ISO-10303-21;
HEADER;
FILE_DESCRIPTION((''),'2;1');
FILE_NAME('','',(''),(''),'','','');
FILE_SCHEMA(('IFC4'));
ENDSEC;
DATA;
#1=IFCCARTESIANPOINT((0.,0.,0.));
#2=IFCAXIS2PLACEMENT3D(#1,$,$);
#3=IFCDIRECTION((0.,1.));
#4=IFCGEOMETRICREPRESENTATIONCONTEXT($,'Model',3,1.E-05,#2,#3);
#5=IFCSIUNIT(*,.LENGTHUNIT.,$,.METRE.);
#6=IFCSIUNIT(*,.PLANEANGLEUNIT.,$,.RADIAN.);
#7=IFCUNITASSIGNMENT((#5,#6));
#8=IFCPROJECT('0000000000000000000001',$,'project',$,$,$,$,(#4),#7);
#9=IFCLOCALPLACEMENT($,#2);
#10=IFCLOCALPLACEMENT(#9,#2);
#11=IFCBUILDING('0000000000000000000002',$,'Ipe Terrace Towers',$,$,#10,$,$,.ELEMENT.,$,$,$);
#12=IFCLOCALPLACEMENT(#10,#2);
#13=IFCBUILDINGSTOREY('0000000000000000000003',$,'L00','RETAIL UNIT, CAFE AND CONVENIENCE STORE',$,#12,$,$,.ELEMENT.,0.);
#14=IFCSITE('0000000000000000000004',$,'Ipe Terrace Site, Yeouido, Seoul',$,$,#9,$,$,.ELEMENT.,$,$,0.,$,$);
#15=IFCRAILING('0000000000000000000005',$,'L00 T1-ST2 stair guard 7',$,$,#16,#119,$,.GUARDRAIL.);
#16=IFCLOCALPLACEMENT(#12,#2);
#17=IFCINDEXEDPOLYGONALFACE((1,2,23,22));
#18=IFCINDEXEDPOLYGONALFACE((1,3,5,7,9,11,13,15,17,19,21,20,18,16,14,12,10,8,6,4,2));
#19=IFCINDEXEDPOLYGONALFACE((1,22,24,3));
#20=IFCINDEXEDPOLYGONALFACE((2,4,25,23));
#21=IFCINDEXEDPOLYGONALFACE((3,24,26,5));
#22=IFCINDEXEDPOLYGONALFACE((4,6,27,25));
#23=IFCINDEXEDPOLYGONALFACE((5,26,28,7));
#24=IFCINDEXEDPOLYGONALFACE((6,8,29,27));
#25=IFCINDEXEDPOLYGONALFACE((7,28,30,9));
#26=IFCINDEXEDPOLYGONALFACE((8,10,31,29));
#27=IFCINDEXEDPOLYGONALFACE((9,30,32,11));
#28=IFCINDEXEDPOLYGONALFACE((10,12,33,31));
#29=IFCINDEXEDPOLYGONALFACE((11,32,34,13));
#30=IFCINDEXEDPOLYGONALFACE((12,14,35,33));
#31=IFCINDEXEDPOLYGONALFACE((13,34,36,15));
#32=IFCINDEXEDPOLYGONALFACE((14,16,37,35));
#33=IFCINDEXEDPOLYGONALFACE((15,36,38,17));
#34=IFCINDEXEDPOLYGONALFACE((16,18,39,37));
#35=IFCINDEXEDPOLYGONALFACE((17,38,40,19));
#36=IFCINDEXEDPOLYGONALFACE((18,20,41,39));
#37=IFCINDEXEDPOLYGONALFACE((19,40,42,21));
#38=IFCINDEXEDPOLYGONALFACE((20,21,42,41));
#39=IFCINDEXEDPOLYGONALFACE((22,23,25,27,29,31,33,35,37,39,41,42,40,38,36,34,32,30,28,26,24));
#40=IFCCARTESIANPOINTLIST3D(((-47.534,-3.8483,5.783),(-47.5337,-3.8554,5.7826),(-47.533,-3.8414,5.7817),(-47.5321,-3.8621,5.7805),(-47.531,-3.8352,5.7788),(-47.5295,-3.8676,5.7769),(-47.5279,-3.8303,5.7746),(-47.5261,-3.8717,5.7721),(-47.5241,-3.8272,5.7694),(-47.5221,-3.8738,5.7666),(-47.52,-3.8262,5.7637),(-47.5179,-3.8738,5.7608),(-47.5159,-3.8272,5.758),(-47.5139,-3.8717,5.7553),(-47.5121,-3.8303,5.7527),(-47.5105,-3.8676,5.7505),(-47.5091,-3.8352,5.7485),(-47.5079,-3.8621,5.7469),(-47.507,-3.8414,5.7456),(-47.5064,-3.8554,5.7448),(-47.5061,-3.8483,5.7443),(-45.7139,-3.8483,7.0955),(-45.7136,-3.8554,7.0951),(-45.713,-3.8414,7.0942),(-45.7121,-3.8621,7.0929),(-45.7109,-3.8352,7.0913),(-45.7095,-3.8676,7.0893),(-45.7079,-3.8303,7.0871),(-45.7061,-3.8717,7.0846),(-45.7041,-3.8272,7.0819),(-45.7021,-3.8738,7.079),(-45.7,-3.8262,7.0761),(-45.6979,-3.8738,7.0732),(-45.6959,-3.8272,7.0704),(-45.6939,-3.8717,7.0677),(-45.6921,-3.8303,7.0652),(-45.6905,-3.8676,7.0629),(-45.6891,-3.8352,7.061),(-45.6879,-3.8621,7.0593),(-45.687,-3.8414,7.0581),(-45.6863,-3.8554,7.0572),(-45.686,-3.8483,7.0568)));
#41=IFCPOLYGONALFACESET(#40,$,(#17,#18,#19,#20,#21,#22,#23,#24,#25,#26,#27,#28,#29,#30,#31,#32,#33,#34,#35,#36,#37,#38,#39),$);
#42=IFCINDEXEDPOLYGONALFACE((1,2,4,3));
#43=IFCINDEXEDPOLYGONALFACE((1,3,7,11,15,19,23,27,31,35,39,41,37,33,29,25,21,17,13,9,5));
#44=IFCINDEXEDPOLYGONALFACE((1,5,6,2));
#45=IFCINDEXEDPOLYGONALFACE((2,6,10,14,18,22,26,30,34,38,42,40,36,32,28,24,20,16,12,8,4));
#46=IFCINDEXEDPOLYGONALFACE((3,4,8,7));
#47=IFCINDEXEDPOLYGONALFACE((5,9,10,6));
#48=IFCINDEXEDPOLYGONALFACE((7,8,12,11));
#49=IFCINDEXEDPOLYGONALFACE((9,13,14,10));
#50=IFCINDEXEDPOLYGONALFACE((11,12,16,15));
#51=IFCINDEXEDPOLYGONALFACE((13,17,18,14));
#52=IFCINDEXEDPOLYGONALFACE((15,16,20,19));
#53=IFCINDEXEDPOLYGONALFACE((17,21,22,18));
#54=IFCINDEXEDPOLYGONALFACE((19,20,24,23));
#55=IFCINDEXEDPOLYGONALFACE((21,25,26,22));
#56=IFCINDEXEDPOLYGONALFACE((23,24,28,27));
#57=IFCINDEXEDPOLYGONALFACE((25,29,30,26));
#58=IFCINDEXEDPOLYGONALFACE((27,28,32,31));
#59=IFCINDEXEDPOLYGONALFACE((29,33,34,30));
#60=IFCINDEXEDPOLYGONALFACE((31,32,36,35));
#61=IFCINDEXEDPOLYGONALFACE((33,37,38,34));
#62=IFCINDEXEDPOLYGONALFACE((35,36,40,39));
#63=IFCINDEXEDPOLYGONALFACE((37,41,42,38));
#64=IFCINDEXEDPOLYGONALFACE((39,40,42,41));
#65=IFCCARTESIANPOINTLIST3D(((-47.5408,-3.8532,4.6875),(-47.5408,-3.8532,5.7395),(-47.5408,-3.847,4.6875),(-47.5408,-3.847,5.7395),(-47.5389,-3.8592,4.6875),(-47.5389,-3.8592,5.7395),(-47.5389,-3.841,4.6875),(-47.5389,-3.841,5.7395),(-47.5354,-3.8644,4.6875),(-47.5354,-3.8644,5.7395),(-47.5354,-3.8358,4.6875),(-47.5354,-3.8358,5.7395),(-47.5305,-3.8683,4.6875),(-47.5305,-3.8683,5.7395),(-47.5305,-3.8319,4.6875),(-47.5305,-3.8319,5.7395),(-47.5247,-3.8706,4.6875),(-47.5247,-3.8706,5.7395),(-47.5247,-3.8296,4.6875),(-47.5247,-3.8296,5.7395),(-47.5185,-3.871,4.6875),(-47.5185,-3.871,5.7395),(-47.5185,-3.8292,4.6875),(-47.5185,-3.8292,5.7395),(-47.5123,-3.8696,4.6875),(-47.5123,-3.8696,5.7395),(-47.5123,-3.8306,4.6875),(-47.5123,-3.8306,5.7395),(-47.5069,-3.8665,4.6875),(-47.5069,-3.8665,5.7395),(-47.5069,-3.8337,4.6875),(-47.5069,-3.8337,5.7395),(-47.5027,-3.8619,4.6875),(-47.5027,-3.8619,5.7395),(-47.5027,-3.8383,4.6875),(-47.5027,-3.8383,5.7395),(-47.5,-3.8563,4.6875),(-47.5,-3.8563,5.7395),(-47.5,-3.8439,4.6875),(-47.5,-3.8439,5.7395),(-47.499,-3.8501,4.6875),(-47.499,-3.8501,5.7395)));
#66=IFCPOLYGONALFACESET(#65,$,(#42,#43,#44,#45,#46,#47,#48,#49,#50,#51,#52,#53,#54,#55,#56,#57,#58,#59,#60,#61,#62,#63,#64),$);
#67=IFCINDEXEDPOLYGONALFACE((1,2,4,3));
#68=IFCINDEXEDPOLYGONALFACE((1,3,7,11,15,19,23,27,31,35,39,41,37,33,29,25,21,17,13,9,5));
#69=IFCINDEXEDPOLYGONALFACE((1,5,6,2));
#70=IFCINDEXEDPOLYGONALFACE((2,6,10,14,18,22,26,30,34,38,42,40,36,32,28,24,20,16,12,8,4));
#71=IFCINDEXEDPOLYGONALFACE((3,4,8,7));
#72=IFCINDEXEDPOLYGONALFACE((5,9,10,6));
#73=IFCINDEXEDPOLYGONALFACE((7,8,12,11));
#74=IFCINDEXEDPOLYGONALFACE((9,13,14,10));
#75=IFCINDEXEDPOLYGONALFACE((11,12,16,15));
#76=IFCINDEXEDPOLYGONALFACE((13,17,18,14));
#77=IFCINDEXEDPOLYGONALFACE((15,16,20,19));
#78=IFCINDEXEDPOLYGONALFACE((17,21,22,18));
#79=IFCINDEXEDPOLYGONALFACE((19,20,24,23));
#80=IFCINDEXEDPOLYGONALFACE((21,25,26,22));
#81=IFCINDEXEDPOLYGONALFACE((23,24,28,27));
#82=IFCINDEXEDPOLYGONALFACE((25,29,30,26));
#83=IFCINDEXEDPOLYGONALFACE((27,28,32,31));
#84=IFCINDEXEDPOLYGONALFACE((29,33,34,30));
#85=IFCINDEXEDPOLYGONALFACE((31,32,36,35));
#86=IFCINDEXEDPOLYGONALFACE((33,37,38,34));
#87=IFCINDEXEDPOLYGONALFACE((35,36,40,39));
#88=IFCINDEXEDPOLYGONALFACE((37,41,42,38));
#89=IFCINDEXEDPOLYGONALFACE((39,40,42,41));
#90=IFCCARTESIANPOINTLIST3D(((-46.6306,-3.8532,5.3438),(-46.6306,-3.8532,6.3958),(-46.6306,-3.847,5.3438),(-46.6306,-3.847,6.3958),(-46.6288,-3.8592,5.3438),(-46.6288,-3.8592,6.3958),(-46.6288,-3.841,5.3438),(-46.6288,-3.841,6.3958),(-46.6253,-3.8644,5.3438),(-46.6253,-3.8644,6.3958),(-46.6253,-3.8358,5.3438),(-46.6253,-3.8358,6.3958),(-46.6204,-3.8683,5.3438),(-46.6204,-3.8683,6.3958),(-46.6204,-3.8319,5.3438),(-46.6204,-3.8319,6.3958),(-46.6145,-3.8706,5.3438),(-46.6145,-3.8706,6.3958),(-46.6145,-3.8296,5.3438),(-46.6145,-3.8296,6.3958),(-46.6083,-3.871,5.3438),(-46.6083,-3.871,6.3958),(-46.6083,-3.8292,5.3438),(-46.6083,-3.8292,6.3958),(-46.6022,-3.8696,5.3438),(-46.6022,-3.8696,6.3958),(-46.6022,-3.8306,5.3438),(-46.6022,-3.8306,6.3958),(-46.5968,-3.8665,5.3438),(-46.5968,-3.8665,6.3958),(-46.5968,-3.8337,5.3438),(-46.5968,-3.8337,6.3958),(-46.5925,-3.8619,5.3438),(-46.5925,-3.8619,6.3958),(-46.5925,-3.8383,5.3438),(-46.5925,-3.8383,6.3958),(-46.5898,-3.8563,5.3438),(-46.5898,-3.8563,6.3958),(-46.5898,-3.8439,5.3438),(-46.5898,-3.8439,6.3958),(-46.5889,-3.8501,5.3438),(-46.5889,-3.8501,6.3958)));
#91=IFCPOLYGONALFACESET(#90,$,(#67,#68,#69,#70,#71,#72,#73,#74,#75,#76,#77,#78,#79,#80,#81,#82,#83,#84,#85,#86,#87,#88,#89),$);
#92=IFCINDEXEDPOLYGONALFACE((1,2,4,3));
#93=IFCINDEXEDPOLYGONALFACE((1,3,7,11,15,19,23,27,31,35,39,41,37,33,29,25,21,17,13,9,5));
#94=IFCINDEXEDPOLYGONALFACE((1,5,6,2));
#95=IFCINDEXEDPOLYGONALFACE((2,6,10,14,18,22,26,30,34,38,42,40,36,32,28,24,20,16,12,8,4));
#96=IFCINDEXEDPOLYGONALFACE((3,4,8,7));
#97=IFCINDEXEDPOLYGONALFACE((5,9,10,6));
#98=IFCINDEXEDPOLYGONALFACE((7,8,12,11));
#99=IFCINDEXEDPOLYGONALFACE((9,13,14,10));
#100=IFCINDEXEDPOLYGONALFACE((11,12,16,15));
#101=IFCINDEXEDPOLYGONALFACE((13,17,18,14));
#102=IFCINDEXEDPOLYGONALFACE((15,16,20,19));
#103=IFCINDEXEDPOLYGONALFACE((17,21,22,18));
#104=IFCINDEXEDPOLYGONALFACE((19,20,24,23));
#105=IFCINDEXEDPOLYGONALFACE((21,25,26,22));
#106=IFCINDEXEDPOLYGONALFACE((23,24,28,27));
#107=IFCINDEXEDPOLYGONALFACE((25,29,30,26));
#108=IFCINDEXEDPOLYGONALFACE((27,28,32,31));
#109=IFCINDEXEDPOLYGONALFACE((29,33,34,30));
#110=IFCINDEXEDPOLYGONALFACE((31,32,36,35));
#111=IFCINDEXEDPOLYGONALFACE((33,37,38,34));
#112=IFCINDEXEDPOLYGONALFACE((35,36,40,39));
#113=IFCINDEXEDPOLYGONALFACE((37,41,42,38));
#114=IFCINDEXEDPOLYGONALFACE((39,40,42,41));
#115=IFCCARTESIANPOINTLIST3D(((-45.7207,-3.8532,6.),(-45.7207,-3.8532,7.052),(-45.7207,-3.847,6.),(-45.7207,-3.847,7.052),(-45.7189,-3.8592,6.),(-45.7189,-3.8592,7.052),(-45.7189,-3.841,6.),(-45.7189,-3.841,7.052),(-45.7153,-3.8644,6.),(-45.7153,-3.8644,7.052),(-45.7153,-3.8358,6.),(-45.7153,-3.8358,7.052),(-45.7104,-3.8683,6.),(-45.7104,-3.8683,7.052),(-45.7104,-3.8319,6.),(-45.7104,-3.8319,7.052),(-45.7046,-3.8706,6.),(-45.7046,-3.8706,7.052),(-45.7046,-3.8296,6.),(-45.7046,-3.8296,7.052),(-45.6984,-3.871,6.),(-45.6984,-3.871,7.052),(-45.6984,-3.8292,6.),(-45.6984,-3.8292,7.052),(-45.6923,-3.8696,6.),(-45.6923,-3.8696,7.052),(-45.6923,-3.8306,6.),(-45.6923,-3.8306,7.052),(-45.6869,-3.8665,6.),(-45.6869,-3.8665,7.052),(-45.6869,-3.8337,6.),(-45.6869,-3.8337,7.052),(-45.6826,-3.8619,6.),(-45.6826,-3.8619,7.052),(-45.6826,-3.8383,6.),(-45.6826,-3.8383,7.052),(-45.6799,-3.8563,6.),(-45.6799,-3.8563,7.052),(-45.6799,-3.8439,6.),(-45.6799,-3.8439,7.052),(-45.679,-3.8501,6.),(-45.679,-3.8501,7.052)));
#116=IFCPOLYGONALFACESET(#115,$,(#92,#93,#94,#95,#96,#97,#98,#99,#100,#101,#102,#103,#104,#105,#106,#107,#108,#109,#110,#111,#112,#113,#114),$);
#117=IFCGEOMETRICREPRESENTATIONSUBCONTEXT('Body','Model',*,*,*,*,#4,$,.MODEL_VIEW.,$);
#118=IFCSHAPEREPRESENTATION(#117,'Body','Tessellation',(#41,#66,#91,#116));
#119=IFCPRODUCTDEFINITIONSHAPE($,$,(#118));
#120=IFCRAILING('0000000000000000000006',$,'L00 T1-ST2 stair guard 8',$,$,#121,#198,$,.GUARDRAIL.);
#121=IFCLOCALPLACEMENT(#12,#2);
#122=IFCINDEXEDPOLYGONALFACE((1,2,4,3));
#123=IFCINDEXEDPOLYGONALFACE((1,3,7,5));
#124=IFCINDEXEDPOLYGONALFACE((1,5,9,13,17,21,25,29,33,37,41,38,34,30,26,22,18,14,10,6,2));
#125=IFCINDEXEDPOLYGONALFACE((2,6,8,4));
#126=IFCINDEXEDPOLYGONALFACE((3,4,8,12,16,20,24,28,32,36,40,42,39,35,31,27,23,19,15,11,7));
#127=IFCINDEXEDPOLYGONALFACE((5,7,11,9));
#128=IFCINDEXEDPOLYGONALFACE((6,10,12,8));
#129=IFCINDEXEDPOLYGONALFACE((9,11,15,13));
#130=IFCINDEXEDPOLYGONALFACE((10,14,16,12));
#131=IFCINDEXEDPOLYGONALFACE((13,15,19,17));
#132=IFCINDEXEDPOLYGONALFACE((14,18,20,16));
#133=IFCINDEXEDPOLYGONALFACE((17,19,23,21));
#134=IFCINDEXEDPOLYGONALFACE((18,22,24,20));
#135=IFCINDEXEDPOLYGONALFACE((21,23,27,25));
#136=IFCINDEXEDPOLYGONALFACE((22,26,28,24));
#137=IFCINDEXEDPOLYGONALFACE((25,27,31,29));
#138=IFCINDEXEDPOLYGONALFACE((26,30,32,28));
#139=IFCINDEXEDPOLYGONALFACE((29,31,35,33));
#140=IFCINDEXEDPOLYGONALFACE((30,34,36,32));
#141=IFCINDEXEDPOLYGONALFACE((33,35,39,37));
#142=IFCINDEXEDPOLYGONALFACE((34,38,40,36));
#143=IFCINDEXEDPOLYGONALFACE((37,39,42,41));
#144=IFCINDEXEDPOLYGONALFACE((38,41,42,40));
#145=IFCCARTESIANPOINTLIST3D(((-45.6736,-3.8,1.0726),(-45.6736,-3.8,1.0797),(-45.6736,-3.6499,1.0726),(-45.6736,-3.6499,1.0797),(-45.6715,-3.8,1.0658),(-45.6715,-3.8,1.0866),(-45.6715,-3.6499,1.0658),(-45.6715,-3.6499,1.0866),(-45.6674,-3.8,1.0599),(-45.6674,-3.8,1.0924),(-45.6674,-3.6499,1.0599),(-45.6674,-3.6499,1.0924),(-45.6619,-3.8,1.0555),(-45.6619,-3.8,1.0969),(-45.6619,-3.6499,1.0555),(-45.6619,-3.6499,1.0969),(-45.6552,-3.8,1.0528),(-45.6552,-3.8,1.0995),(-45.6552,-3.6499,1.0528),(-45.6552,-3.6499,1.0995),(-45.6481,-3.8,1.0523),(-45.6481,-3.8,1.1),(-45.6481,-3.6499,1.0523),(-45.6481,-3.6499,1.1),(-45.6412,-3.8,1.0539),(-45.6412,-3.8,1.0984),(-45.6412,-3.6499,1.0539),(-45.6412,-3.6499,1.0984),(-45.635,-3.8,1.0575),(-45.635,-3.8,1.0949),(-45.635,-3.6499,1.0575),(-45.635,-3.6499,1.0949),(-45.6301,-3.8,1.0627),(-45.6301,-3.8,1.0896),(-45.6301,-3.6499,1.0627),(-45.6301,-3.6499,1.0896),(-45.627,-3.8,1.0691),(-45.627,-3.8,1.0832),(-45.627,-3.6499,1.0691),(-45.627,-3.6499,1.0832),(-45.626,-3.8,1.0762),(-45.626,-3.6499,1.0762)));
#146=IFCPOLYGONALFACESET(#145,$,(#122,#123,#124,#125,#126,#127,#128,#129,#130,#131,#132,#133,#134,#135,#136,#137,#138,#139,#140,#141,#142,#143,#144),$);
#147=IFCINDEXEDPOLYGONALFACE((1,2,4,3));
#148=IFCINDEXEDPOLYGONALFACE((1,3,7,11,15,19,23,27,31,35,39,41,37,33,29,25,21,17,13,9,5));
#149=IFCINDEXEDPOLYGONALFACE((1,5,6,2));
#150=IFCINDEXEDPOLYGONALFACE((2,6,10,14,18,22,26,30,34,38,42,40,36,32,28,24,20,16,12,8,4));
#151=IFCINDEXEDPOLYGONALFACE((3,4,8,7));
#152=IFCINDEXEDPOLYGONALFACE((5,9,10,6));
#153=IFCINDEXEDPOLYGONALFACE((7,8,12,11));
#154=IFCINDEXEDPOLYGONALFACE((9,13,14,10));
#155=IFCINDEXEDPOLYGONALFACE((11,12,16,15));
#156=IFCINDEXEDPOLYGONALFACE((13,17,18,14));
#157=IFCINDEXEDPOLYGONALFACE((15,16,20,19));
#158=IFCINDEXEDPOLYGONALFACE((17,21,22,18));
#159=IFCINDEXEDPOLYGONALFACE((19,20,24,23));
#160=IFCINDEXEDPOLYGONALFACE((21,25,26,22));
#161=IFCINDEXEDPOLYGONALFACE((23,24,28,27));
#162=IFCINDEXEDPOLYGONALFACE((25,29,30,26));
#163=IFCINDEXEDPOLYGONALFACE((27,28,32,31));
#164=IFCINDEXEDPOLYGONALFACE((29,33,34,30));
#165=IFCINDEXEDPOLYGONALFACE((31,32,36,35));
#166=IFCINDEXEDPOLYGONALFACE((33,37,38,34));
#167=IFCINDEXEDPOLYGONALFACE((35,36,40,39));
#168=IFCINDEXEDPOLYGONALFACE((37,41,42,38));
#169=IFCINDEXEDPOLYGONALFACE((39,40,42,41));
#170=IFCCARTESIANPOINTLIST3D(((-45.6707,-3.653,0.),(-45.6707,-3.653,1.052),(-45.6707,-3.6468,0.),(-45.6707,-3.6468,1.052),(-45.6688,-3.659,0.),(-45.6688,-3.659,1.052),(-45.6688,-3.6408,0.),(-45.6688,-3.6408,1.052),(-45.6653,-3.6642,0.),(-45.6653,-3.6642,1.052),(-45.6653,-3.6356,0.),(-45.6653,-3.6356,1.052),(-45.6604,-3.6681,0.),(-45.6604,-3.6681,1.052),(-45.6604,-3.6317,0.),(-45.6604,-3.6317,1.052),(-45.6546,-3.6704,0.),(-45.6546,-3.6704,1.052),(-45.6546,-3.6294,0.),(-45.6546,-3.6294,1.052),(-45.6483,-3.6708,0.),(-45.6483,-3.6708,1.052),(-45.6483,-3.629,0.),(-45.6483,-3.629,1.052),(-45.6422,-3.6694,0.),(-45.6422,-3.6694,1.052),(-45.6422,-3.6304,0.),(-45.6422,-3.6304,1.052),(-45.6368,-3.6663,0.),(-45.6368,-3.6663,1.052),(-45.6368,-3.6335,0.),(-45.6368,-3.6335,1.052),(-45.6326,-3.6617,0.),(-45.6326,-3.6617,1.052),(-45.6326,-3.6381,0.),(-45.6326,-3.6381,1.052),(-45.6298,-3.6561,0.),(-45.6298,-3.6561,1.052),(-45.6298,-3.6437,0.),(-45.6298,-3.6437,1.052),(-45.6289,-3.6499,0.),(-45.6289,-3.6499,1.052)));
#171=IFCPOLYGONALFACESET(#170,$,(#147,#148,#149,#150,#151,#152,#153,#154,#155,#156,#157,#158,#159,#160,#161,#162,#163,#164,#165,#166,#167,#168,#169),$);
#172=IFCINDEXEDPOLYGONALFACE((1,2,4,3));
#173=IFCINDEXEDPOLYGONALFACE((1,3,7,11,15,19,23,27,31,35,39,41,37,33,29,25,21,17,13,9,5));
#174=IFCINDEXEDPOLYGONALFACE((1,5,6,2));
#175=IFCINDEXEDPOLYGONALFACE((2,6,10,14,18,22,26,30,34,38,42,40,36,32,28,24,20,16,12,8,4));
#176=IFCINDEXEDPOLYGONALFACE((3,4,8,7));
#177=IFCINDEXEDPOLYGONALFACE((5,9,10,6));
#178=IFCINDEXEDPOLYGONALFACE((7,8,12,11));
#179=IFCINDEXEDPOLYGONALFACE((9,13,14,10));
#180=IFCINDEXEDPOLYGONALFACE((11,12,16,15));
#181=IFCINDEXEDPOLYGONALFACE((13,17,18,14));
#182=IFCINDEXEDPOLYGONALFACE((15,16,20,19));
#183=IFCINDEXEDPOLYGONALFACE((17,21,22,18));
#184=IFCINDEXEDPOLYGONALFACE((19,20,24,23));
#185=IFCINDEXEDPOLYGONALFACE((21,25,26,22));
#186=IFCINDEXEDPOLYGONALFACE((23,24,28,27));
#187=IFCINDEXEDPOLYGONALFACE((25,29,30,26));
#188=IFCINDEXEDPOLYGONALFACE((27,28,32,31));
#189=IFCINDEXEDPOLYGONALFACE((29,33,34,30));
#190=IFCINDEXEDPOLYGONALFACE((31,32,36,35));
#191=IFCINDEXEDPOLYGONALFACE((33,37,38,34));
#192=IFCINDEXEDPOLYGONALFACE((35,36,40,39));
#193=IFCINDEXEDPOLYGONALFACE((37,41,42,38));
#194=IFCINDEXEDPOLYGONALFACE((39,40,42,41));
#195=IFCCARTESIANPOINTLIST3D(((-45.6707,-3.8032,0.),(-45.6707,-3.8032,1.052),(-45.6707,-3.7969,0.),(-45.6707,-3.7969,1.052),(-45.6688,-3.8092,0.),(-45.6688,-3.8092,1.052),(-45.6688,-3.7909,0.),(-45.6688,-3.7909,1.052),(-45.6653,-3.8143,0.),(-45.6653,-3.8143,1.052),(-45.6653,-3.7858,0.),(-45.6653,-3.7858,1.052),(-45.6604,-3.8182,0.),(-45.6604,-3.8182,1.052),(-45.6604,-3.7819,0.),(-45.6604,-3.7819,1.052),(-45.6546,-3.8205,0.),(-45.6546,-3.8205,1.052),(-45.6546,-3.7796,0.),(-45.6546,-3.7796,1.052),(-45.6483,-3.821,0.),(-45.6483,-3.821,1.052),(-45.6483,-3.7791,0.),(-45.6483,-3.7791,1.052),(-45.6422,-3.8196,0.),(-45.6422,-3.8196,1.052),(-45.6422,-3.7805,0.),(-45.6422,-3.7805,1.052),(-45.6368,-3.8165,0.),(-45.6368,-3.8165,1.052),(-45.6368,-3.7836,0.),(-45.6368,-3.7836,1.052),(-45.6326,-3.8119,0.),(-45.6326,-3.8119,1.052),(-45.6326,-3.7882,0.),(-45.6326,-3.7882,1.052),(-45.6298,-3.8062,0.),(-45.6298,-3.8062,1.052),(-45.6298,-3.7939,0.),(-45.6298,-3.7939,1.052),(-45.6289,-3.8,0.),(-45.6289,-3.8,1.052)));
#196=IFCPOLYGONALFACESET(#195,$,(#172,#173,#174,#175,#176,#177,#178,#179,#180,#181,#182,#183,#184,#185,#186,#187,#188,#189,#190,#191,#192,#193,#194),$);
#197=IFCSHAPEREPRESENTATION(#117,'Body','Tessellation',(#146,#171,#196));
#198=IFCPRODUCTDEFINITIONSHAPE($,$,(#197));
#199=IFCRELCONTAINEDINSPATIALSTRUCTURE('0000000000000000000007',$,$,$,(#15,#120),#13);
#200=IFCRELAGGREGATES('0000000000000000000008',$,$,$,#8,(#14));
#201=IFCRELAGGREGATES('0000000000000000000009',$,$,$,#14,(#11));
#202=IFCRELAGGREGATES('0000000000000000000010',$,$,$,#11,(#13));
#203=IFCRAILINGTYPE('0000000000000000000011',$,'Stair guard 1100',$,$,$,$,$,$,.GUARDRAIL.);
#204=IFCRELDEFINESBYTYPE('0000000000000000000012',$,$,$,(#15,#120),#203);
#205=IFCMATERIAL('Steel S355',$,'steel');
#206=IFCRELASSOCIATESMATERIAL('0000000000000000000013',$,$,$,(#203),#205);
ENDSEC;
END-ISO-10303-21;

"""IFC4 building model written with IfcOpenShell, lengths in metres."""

from ifc_helpers import new_model, si_unit, direction, frame, origin, origin_2d, place, context, subcontext, project, spatial, circle, extrude, material, type_object, element, save


model = new_model("IFC4")

# Units and contexts
model_context = context("Model", 3, precision=1e-05, world=origin(), true_north=direction((0.0, 1.0)))
body_context = subcontext(model_context, "Body", "Model", "MODEL_VIEW")
ifc_project = project(units=[si_unit("LENGTHUNIT", "METRE"), si_unit("PLANEANGLEUNIT", "RADIAN")], contexts=[model_context])

# Site, building, storey
site_placement = place(None, origin())
site = spatial("IfcSite", under=ifc_project, at=site_placement, Name="Ipe Terrace Site, Yeouido, Seoul", CompositionType="ELEMENT", RefElevation=0.0)
building_placement = place(site_placement, origin())
building = spatial("IfcBuilding", under=site, at=building_placement, Name="Ipe Terrace Towers", CompositionType="ELEMENT")
storey_placement = place(building_placement, origin())
storey = spatial("IfcBuildingStorey", under=building, at=storey_placement, Name="L00", Description="RETAIL UNIT, CAFE AND CONVENIENCE STORE", CompositionType="ELEMENT", Elevation=0.0)

# Railings
ifc_material_1 = material(Name="Steel S355", Category="steel")
railing_type_1 = type_object("IfcRailingType", Name="Stair guard 1100", PredefinedType="GUARDRAIL", material=ifc_material_1)
railing_1_placement = place(storey_placement, frame((-47.52, -3.8501, 4.6875)))
element("IfcRailing", 1, at=railing_1_placement, inside=storey, type_object=railing_type_1, Name="L00 T1-ST2 stair guard 7", PredefinedType="GUARDRAIL", context=body_context, shape_type="SweptSolid", body=[
    extrude(circle(Radius=0.0239, at=origin_2d()), frame((0.0, 0.0, 1.0762), z_axis=(0.811101, 0.0, 0.584906), x_axis=(0.0, 1.0, 0.0)), (0.0, 0.0, 1.0), 2.2439),
    extrude(circle(Radius=0.021, at=origin_2d()), origin(), (0.0, 0.0, 1.0), 1.052),
    extrude(circle(Radius=0.021, at=origin_2d()), frame((0.9102, 0.0, 0.6562)), (0.0, 0.0, 1.0), 1.052),
    extrude(circle(Radius=0.021, at=origin_2d()), frame((1.8201, 0.0, 1.3125)), (0.0, 0.0, 1.0), 1.052),
])
railing_2_placement = place(storey_placement, frame((-45.6499, -3.6499, 0.0)))
element("IfcRailing", 2, at=railing_2_placement, inside=storey, type_object=railing_type_1, Name="L00 T1-ST2 stair guard 8", PredefinedType="GUARDRAIL", context=body_context, shape_type="SweptSolid", body=[
    extrude(circle(Radius=0.0239, at=origin_2d()), frame((0.0, 0.0, 1.0762), z_axis=(0.0, -1.0, 0.0), x_axis=(1.0, 0.0, 0.0)), (0.0, 0.0, 1.0), 0.1501),
    extrude(circle(Radius=0.021, at=origin_2d()), origin(), (0.0, 0.0, 1.0), 1.052),
    extrude(circle(Radius=0.021, at=origin_2d()), frame((0.0, -0.1501, 0.0)), (0.0, 0.0, 1.0), 1.052),
])

save(model, "model.ifc")
